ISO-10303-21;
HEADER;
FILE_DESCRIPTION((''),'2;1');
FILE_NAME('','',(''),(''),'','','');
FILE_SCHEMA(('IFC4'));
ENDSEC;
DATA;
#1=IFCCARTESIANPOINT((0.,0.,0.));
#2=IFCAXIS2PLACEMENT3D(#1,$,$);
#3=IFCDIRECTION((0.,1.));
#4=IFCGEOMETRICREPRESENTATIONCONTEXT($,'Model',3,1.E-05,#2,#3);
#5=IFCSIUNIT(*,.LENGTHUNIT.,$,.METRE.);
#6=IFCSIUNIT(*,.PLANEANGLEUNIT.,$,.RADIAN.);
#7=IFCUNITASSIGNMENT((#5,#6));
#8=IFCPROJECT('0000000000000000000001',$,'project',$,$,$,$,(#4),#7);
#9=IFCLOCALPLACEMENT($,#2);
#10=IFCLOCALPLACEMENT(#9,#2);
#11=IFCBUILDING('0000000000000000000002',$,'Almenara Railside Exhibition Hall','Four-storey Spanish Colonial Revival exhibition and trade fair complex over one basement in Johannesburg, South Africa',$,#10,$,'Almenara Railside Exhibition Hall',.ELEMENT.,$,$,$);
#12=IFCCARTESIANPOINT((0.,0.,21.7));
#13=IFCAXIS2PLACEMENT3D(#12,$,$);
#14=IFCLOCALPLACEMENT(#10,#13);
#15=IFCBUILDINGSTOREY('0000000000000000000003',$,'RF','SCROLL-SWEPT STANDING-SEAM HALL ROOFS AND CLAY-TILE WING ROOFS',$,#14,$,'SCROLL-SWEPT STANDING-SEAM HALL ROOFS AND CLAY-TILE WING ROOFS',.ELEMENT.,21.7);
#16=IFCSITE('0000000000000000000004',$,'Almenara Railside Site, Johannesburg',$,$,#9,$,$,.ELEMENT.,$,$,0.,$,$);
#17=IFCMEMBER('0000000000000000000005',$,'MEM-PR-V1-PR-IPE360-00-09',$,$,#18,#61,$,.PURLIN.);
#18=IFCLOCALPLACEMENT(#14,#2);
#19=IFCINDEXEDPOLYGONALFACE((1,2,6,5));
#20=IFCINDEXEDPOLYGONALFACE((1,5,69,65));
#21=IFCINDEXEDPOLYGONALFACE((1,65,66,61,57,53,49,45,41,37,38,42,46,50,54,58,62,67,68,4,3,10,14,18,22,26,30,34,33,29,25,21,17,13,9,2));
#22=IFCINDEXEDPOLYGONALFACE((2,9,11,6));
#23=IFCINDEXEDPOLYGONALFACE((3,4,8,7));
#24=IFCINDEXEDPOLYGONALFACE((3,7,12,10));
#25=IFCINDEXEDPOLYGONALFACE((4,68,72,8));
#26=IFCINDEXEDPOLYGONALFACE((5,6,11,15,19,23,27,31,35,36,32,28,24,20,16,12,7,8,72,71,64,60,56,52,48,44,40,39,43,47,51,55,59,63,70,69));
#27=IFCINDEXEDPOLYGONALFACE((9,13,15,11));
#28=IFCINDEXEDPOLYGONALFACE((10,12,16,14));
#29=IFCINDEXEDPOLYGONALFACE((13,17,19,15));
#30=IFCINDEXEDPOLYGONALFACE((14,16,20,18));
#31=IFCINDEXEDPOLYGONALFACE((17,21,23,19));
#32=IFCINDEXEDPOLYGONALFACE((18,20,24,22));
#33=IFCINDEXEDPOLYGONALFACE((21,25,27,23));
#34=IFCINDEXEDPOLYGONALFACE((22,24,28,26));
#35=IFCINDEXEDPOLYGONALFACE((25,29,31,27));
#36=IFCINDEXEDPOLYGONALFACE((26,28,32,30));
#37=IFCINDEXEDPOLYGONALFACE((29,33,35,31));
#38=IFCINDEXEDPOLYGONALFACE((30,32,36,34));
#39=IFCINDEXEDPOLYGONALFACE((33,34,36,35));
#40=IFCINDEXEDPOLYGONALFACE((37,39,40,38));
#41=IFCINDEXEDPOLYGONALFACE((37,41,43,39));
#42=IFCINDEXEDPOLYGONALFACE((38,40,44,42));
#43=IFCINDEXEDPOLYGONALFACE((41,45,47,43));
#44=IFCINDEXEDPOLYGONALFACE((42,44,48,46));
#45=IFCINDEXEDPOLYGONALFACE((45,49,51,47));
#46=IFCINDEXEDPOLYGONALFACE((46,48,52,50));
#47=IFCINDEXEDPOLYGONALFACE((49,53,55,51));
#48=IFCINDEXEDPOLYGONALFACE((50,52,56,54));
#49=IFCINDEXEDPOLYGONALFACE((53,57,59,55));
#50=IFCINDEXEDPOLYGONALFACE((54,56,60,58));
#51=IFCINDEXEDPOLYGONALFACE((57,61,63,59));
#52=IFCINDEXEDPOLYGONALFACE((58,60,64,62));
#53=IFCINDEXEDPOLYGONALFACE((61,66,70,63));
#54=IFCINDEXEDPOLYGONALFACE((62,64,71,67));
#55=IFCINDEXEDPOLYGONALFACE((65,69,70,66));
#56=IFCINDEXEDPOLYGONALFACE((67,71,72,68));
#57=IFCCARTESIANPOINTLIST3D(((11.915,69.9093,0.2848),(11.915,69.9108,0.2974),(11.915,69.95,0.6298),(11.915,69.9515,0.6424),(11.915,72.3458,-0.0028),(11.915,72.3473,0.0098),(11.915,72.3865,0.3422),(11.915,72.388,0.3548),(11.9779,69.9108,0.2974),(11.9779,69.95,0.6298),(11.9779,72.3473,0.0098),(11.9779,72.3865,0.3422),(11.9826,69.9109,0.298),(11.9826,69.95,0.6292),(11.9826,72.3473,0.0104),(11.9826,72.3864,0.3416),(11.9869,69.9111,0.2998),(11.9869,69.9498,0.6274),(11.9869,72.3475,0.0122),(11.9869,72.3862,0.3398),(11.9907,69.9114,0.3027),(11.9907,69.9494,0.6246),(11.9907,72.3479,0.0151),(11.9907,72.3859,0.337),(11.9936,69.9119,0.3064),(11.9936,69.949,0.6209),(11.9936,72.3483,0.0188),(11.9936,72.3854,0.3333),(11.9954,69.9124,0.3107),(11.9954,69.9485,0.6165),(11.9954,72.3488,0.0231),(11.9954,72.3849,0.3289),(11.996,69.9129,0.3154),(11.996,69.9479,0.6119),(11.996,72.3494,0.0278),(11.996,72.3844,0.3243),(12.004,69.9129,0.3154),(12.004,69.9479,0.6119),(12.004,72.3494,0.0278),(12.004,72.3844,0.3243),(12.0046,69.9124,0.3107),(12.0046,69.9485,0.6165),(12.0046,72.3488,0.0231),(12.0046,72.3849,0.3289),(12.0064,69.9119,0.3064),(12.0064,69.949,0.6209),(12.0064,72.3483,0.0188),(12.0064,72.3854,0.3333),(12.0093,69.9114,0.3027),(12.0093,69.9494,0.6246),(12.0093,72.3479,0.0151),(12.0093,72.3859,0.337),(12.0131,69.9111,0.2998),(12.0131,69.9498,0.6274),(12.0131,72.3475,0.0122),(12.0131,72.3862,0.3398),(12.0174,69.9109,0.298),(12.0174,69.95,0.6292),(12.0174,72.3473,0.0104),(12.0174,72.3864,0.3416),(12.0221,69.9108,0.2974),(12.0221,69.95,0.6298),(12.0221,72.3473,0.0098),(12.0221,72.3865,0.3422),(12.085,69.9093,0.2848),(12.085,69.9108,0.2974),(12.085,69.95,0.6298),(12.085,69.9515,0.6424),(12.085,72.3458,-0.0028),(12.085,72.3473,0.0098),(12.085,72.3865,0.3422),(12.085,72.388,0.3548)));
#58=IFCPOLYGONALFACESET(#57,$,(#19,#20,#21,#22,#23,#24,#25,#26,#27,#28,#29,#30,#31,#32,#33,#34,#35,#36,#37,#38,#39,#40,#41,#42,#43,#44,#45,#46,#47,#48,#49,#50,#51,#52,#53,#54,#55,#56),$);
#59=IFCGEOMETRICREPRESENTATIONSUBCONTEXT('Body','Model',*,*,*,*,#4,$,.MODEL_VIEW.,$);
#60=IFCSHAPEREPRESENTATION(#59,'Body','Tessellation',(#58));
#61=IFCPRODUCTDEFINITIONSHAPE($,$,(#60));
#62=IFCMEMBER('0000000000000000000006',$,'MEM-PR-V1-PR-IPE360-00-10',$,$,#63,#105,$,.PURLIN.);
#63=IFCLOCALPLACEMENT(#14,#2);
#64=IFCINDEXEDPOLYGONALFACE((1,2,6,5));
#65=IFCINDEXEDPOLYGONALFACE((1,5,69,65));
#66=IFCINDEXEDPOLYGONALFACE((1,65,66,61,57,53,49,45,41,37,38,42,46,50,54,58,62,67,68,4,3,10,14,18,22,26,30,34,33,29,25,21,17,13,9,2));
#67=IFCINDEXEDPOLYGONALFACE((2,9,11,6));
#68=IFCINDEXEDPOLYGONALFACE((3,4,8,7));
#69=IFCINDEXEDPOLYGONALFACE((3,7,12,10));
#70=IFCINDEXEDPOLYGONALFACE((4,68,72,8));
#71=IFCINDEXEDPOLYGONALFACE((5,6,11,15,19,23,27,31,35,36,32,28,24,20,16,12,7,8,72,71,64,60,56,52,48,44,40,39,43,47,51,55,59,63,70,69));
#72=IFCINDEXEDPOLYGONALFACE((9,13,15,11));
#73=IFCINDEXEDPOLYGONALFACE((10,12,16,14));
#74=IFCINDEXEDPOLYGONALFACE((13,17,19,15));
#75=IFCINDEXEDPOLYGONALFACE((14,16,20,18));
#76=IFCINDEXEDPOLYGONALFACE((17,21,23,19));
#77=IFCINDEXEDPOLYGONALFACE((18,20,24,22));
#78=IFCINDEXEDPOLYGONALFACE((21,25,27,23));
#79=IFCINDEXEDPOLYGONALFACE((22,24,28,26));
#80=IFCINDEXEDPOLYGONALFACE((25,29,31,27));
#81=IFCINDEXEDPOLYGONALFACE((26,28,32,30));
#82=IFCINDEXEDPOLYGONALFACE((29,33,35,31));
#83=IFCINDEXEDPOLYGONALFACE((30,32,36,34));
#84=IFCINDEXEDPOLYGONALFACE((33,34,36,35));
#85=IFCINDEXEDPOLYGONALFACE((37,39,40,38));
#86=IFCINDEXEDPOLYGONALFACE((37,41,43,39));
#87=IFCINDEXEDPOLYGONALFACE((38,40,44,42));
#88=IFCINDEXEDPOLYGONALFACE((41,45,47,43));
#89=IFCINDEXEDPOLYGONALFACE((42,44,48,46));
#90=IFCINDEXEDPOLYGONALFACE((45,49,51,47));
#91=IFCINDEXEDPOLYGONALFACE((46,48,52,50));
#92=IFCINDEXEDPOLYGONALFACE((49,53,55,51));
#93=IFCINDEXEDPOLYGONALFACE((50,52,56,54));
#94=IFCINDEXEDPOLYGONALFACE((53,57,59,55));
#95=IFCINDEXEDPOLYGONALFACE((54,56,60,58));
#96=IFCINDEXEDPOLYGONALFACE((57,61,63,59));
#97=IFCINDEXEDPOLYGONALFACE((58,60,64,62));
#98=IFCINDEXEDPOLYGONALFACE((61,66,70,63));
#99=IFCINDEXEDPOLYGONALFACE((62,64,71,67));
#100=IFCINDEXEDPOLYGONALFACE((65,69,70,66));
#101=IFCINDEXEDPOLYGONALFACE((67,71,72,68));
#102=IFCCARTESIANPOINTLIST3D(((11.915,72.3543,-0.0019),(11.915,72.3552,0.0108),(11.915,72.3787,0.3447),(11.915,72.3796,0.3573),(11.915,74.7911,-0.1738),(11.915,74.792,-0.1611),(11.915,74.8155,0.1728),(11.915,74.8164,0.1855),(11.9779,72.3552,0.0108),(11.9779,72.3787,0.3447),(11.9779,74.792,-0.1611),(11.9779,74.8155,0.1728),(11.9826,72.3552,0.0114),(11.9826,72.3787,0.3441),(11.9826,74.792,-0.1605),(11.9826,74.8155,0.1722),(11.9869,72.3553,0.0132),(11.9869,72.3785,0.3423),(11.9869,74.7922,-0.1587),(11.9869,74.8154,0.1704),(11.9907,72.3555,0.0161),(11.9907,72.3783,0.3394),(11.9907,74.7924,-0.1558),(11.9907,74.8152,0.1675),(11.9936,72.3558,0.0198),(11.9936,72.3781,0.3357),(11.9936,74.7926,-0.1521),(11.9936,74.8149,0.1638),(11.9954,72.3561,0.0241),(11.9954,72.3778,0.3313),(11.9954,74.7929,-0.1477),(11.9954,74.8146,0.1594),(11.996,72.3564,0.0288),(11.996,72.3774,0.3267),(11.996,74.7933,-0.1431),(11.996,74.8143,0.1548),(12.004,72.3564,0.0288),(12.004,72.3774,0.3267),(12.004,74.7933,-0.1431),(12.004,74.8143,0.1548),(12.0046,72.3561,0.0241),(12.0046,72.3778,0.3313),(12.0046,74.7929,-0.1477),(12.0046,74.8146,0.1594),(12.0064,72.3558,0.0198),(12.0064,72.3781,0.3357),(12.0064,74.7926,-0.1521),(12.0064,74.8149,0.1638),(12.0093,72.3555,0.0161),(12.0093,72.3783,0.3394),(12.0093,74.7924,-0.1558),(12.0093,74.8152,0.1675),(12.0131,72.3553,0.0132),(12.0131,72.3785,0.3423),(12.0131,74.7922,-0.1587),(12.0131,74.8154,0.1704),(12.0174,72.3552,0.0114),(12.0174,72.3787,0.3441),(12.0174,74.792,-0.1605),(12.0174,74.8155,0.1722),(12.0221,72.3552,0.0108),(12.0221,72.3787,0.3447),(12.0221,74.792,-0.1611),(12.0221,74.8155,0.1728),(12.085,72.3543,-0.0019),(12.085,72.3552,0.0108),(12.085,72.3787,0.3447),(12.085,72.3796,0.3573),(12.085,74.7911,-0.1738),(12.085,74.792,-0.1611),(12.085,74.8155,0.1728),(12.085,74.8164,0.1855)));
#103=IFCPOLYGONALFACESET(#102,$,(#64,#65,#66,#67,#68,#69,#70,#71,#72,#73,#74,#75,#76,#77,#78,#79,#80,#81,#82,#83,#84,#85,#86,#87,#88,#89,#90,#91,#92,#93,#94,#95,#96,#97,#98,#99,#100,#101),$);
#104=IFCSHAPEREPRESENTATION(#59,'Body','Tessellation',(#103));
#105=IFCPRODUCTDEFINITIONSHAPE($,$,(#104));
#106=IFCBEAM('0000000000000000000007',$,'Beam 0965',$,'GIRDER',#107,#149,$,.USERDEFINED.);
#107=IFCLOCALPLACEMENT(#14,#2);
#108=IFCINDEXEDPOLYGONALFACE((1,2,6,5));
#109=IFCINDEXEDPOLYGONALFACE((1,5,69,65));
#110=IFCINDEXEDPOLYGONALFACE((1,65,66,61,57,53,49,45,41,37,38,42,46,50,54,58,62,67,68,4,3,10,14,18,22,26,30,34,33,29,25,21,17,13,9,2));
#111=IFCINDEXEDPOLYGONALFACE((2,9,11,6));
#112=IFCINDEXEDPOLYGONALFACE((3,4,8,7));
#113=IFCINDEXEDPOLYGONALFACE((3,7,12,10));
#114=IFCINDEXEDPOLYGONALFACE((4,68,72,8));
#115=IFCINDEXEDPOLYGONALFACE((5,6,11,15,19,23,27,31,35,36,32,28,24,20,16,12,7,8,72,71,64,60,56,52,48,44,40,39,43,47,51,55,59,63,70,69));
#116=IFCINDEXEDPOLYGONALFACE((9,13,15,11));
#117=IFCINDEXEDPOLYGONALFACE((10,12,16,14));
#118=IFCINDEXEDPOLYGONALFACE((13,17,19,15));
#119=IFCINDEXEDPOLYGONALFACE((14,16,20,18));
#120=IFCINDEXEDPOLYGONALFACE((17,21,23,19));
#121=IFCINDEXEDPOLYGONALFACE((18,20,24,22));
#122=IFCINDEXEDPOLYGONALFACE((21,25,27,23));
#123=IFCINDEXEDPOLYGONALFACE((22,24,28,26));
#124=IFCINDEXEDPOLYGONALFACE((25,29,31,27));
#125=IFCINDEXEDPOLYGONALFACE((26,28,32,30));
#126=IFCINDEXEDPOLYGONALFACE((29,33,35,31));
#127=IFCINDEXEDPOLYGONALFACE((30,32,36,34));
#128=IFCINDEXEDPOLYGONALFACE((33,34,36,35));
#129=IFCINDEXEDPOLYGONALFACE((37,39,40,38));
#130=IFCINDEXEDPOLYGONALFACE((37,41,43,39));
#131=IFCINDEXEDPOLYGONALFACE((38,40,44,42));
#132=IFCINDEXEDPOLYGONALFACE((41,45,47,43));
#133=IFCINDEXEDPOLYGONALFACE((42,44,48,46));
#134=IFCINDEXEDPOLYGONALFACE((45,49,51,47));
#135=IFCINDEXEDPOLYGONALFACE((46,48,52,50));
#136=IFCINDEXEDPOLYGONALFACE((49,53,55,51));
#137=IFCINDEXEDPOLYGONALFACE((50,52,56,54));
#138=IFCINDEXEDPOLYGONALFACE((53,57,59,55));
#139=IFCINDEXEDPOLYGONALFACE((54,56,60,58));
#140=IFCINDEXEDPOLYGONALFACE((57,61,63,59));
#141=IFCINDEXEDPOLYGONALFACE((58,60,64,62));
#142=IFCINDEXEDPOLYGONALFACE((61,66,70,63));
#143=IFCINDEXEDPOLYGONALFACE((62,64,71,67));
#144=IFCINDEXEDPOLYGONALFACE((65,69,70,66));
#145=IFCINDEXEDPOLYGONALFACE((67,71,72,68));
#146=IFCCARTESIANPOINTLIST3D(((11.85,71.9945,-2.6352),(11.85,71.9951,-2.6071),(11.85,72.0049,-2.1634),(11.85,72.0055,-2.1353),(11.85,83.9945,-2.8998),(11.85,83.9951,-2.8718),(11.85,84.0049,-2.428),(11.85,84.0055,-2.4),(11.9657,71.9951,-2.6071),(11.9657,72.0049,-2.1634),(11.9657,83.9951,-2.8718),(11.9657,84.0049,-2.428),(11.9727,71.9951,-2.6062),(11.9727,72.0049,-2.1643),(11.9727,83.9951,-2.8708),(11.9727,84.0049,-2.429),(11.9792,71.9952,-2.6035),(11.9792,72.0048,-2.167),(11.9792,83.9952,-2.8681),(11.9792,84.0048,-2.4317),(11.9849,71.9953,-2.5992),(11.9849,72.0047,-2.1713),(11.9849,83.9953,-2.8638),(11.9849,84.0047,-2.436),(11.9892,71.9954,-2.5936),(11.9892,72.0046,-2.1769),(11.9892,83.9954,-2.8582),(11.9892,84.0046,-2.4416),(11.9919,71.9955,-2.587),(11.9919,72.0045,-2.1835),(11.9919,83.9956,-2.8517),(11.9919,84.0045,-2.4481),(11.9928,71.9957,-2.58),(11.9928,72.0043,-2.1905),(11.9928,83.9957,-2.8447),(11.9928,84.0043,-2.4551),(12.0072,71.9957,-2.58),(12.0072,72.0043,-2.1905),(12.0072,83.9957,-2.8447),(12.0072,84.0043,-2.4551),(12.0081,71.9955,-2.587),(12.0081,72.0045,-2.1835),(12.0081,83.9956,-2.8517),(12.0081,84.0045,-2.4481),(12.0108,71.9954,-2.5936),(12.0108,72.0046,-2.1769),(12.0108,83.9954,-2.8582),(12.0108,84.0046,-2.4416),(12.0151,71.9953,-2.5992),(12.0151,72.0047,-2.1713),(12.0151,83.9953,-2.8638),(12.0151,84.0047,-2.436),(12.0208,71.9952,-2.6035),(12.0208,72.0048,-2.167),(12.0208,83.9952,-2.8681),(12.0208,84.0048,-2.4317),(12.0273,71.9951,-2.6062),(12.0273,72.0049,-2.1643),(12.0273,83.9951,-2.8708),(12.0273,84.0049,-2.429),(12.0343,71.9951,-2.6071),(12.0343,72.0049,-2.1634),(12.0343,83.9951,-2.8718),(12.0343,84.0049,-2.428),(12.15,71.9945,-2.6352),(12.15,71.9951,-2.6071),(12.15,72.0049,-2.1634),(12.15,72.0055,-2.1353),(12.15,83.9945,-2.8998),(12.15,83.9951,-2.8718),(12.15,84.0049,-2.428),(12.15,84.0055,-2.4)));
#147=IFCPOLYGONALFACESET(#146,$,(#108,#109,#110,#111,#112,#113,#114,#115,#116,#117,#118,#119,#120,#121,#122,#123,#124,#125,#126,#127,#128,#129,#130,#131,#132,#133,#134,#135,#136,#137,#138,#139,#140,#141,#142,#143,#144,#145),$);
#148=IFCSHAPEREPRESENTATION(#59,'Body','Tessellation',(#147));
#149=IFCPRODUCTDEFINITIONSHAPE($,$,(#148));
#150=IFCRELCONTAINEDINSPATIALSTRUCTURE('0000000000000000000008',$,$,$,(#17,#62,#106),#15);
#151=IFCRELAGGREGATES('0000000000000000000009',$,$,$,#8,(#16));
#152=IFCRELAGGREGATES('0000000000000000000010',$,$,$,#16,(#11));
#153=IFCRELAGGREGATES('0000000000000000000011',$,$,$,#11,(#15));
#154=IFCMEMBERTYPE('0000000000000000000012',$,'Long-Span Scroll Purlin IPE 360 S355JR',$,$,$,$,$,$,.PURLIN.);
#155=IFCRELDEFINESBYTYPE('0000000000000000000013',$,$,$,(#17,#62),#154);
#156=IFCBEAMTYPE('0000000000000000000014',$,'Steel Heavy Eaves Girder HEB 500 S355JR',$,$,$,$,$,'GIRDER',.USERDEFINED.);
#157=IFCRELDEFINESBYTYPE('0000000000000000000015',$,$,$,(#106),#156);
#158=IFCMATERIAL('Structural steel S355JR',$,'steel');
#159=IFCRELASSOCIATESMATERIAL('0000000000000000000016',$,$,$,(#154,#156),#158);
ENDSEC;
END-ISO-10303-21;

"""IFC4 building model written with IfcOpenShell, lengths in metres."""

from ifc_helpers import new_model, si_unit, direction, frame, origin, origin_2d, place, context, subcontext, project, spatial, i_section, extrude, material, material_profile, profile_set, type_object, element, save


model = new_model("IFC4")

# Units and contexts
model_context = context("Model", 3, precision=1e-05, world=origin(), true_north=direction((0.0, 1.0)))
body_context = subcontext(model_context, "Body", "Model", "MODEL_VIEW")
ifc_project = project(units=[si_unit("LENGTHUNIT", "METRE"), si_unit("PLANEANGLEUNIT", "RADIAN")], contexts=[model_context])

# Site, building, storey
site_placement = place(None, origin())
site = spatial("IfcSite", under=ifc_project, at=site_placement, Name="Almenara Railside Site, Johannesburg", CompositionType="ELEMENT", RefElevation=0.0)
building_placement = place(site_placement, origin())
building = spatial("IfcBuilding", under=site, at=building_placement, Name="Almenara Railside Exhibition Hall", Description="Four-storey Spanish Colonial Revival exhibition and trade fair complex over one basement in Johannesburg, South Africa", LongName="Almenara Railside Exhibition Hall", CompositionType="ELEMENT")
storey_placement = place(building_placement, frame((0.0, 0.0, 21.7)))
storey = spatial("IfcBuildingStorey", under=building, at=storey_placement, Name="RF", Description="SCROLL-SWEPT STANDING-SEAM HALL ROOFS AND CLAY-TILE WING ROOFS", LongName="SCROLL-SWEPT STANDING-SEAM HALL ROOFS AND CLAY-TILE WING ROOFS", CompositionType="ELEMENT", Elevation=21.7)

# Shared definitions
ifc_material_1 = material(Name="Structural steel S355JR", Category="steel")

# Members
ifc_material_profile_1 = material_profile(ifc_material_1, i_section(OverallWidth=0.1699, OverallDepth=0.3601, WebThickness=0.0081, FlangeThickness=0.0127, FilletRadius=0.0181, at=origin_2d()), Name="IPE 360")
ifc_profile_set_1 = profile_set([ifc_material_profile_1], Name="Structural steel S355JR")
member_type_1 = type_object("IfcMemberType", Name="Long-Span Scroll Purlin IPE 360 S355JR", PredefinedType="PURLIN", material=ifc_profile_set_1)
member_1_placement = place(storey_placement, frame((12.0, 69.9304, 0.4636), z_axis=(0.0, 0.993106, -0.117222), x_axis=(-1.0, 0.0, 0.0)))
element("IfcMember", 1, at=member_1_placement, inside=storey, type_object=member_type_1, Name="MEM-PR-V1-PR-IPE360-00-09", PredefinedType="PURLIN", context=body_context, shape_type="SweptSolid", body=[
    extrude(i_section(OverallWidth=0.1699, OverallDepth=0.3601, WebThickness=0.0081, FlangeThickness=0.0127, FilletRadius=0.0181, at=origin_2d()), origin(), (0.0, 0.0, 1.0), 2.4534),
])
member_2_placement = place(storey_placement, frame((12.0, 72.3669, 0.1777), z_axis=(0.0, 0.997522, -0.070359), x_axis=(-1.0, 0.0, 0.0)))
element("IfcMember", 2, at=member_2_placement, inside=storey, type_object=member_type_1, Name="MEM-PR-V1-PR-IPE360-00-10", PredefinedType="PURLIN", context=body_context, shape_type="SweptSolid", body=[
    extrude(i_section(OverallWidth=0.1699, OverallDepth=0.3601, WebThickness=0.0081, FlangeThickness=0.0127, FilletRadius=0.0181, at=origin_2d()), origin(), (0.0, 0.0, 1.0), 2.4429),
])

# Beam
ifc_material_profile_2 = material_profile(ifc_material_1, i_section(OverallWidth=0.3, OverallDepth=0.5, WebThickness=0.0144, FlangeThickness=0.0281, FilletRadius=0.0271, at=origin_2d()), Name="HEB 500")
ifc_profile_set_2 = profile_set([ifc_material_profile_2], Name="Structural steel S355JR")
beam_type = type_object("IfcBeamType", Name="Steel Heavy Eaves Girder HEB 500 S355JR", ElementType="GIRDER", PredefinedType="USERDEFINED", material=ifc_profile_set_2)
beam_placement = place(storey_placement, frame((12.0, 72.0, -2.3853), z_axis=(0.0, 0.999757, -0.022049), x_axis=(-1.0, 0.0, 0.0)))
element("IfcBeam", 3, at=beam_placement, inside=storey, type_object=beam_type, Name="Beam 0965", ObjectType="GIRDER", PredefinedType="USERDEFINED", context=body_context, shape_type="SweptSolid", body=[
    extrude(i_section(OverallWidth=0.3, OverallDepth=0.5, WebThickness=0.0144, FlangeThickness=0.0281, FilletRadius=0.0271, at=origin_2d()), origin(), (0.0, 0.0, 1.0), 12.0029),
])

save(model, "model.ifc")
